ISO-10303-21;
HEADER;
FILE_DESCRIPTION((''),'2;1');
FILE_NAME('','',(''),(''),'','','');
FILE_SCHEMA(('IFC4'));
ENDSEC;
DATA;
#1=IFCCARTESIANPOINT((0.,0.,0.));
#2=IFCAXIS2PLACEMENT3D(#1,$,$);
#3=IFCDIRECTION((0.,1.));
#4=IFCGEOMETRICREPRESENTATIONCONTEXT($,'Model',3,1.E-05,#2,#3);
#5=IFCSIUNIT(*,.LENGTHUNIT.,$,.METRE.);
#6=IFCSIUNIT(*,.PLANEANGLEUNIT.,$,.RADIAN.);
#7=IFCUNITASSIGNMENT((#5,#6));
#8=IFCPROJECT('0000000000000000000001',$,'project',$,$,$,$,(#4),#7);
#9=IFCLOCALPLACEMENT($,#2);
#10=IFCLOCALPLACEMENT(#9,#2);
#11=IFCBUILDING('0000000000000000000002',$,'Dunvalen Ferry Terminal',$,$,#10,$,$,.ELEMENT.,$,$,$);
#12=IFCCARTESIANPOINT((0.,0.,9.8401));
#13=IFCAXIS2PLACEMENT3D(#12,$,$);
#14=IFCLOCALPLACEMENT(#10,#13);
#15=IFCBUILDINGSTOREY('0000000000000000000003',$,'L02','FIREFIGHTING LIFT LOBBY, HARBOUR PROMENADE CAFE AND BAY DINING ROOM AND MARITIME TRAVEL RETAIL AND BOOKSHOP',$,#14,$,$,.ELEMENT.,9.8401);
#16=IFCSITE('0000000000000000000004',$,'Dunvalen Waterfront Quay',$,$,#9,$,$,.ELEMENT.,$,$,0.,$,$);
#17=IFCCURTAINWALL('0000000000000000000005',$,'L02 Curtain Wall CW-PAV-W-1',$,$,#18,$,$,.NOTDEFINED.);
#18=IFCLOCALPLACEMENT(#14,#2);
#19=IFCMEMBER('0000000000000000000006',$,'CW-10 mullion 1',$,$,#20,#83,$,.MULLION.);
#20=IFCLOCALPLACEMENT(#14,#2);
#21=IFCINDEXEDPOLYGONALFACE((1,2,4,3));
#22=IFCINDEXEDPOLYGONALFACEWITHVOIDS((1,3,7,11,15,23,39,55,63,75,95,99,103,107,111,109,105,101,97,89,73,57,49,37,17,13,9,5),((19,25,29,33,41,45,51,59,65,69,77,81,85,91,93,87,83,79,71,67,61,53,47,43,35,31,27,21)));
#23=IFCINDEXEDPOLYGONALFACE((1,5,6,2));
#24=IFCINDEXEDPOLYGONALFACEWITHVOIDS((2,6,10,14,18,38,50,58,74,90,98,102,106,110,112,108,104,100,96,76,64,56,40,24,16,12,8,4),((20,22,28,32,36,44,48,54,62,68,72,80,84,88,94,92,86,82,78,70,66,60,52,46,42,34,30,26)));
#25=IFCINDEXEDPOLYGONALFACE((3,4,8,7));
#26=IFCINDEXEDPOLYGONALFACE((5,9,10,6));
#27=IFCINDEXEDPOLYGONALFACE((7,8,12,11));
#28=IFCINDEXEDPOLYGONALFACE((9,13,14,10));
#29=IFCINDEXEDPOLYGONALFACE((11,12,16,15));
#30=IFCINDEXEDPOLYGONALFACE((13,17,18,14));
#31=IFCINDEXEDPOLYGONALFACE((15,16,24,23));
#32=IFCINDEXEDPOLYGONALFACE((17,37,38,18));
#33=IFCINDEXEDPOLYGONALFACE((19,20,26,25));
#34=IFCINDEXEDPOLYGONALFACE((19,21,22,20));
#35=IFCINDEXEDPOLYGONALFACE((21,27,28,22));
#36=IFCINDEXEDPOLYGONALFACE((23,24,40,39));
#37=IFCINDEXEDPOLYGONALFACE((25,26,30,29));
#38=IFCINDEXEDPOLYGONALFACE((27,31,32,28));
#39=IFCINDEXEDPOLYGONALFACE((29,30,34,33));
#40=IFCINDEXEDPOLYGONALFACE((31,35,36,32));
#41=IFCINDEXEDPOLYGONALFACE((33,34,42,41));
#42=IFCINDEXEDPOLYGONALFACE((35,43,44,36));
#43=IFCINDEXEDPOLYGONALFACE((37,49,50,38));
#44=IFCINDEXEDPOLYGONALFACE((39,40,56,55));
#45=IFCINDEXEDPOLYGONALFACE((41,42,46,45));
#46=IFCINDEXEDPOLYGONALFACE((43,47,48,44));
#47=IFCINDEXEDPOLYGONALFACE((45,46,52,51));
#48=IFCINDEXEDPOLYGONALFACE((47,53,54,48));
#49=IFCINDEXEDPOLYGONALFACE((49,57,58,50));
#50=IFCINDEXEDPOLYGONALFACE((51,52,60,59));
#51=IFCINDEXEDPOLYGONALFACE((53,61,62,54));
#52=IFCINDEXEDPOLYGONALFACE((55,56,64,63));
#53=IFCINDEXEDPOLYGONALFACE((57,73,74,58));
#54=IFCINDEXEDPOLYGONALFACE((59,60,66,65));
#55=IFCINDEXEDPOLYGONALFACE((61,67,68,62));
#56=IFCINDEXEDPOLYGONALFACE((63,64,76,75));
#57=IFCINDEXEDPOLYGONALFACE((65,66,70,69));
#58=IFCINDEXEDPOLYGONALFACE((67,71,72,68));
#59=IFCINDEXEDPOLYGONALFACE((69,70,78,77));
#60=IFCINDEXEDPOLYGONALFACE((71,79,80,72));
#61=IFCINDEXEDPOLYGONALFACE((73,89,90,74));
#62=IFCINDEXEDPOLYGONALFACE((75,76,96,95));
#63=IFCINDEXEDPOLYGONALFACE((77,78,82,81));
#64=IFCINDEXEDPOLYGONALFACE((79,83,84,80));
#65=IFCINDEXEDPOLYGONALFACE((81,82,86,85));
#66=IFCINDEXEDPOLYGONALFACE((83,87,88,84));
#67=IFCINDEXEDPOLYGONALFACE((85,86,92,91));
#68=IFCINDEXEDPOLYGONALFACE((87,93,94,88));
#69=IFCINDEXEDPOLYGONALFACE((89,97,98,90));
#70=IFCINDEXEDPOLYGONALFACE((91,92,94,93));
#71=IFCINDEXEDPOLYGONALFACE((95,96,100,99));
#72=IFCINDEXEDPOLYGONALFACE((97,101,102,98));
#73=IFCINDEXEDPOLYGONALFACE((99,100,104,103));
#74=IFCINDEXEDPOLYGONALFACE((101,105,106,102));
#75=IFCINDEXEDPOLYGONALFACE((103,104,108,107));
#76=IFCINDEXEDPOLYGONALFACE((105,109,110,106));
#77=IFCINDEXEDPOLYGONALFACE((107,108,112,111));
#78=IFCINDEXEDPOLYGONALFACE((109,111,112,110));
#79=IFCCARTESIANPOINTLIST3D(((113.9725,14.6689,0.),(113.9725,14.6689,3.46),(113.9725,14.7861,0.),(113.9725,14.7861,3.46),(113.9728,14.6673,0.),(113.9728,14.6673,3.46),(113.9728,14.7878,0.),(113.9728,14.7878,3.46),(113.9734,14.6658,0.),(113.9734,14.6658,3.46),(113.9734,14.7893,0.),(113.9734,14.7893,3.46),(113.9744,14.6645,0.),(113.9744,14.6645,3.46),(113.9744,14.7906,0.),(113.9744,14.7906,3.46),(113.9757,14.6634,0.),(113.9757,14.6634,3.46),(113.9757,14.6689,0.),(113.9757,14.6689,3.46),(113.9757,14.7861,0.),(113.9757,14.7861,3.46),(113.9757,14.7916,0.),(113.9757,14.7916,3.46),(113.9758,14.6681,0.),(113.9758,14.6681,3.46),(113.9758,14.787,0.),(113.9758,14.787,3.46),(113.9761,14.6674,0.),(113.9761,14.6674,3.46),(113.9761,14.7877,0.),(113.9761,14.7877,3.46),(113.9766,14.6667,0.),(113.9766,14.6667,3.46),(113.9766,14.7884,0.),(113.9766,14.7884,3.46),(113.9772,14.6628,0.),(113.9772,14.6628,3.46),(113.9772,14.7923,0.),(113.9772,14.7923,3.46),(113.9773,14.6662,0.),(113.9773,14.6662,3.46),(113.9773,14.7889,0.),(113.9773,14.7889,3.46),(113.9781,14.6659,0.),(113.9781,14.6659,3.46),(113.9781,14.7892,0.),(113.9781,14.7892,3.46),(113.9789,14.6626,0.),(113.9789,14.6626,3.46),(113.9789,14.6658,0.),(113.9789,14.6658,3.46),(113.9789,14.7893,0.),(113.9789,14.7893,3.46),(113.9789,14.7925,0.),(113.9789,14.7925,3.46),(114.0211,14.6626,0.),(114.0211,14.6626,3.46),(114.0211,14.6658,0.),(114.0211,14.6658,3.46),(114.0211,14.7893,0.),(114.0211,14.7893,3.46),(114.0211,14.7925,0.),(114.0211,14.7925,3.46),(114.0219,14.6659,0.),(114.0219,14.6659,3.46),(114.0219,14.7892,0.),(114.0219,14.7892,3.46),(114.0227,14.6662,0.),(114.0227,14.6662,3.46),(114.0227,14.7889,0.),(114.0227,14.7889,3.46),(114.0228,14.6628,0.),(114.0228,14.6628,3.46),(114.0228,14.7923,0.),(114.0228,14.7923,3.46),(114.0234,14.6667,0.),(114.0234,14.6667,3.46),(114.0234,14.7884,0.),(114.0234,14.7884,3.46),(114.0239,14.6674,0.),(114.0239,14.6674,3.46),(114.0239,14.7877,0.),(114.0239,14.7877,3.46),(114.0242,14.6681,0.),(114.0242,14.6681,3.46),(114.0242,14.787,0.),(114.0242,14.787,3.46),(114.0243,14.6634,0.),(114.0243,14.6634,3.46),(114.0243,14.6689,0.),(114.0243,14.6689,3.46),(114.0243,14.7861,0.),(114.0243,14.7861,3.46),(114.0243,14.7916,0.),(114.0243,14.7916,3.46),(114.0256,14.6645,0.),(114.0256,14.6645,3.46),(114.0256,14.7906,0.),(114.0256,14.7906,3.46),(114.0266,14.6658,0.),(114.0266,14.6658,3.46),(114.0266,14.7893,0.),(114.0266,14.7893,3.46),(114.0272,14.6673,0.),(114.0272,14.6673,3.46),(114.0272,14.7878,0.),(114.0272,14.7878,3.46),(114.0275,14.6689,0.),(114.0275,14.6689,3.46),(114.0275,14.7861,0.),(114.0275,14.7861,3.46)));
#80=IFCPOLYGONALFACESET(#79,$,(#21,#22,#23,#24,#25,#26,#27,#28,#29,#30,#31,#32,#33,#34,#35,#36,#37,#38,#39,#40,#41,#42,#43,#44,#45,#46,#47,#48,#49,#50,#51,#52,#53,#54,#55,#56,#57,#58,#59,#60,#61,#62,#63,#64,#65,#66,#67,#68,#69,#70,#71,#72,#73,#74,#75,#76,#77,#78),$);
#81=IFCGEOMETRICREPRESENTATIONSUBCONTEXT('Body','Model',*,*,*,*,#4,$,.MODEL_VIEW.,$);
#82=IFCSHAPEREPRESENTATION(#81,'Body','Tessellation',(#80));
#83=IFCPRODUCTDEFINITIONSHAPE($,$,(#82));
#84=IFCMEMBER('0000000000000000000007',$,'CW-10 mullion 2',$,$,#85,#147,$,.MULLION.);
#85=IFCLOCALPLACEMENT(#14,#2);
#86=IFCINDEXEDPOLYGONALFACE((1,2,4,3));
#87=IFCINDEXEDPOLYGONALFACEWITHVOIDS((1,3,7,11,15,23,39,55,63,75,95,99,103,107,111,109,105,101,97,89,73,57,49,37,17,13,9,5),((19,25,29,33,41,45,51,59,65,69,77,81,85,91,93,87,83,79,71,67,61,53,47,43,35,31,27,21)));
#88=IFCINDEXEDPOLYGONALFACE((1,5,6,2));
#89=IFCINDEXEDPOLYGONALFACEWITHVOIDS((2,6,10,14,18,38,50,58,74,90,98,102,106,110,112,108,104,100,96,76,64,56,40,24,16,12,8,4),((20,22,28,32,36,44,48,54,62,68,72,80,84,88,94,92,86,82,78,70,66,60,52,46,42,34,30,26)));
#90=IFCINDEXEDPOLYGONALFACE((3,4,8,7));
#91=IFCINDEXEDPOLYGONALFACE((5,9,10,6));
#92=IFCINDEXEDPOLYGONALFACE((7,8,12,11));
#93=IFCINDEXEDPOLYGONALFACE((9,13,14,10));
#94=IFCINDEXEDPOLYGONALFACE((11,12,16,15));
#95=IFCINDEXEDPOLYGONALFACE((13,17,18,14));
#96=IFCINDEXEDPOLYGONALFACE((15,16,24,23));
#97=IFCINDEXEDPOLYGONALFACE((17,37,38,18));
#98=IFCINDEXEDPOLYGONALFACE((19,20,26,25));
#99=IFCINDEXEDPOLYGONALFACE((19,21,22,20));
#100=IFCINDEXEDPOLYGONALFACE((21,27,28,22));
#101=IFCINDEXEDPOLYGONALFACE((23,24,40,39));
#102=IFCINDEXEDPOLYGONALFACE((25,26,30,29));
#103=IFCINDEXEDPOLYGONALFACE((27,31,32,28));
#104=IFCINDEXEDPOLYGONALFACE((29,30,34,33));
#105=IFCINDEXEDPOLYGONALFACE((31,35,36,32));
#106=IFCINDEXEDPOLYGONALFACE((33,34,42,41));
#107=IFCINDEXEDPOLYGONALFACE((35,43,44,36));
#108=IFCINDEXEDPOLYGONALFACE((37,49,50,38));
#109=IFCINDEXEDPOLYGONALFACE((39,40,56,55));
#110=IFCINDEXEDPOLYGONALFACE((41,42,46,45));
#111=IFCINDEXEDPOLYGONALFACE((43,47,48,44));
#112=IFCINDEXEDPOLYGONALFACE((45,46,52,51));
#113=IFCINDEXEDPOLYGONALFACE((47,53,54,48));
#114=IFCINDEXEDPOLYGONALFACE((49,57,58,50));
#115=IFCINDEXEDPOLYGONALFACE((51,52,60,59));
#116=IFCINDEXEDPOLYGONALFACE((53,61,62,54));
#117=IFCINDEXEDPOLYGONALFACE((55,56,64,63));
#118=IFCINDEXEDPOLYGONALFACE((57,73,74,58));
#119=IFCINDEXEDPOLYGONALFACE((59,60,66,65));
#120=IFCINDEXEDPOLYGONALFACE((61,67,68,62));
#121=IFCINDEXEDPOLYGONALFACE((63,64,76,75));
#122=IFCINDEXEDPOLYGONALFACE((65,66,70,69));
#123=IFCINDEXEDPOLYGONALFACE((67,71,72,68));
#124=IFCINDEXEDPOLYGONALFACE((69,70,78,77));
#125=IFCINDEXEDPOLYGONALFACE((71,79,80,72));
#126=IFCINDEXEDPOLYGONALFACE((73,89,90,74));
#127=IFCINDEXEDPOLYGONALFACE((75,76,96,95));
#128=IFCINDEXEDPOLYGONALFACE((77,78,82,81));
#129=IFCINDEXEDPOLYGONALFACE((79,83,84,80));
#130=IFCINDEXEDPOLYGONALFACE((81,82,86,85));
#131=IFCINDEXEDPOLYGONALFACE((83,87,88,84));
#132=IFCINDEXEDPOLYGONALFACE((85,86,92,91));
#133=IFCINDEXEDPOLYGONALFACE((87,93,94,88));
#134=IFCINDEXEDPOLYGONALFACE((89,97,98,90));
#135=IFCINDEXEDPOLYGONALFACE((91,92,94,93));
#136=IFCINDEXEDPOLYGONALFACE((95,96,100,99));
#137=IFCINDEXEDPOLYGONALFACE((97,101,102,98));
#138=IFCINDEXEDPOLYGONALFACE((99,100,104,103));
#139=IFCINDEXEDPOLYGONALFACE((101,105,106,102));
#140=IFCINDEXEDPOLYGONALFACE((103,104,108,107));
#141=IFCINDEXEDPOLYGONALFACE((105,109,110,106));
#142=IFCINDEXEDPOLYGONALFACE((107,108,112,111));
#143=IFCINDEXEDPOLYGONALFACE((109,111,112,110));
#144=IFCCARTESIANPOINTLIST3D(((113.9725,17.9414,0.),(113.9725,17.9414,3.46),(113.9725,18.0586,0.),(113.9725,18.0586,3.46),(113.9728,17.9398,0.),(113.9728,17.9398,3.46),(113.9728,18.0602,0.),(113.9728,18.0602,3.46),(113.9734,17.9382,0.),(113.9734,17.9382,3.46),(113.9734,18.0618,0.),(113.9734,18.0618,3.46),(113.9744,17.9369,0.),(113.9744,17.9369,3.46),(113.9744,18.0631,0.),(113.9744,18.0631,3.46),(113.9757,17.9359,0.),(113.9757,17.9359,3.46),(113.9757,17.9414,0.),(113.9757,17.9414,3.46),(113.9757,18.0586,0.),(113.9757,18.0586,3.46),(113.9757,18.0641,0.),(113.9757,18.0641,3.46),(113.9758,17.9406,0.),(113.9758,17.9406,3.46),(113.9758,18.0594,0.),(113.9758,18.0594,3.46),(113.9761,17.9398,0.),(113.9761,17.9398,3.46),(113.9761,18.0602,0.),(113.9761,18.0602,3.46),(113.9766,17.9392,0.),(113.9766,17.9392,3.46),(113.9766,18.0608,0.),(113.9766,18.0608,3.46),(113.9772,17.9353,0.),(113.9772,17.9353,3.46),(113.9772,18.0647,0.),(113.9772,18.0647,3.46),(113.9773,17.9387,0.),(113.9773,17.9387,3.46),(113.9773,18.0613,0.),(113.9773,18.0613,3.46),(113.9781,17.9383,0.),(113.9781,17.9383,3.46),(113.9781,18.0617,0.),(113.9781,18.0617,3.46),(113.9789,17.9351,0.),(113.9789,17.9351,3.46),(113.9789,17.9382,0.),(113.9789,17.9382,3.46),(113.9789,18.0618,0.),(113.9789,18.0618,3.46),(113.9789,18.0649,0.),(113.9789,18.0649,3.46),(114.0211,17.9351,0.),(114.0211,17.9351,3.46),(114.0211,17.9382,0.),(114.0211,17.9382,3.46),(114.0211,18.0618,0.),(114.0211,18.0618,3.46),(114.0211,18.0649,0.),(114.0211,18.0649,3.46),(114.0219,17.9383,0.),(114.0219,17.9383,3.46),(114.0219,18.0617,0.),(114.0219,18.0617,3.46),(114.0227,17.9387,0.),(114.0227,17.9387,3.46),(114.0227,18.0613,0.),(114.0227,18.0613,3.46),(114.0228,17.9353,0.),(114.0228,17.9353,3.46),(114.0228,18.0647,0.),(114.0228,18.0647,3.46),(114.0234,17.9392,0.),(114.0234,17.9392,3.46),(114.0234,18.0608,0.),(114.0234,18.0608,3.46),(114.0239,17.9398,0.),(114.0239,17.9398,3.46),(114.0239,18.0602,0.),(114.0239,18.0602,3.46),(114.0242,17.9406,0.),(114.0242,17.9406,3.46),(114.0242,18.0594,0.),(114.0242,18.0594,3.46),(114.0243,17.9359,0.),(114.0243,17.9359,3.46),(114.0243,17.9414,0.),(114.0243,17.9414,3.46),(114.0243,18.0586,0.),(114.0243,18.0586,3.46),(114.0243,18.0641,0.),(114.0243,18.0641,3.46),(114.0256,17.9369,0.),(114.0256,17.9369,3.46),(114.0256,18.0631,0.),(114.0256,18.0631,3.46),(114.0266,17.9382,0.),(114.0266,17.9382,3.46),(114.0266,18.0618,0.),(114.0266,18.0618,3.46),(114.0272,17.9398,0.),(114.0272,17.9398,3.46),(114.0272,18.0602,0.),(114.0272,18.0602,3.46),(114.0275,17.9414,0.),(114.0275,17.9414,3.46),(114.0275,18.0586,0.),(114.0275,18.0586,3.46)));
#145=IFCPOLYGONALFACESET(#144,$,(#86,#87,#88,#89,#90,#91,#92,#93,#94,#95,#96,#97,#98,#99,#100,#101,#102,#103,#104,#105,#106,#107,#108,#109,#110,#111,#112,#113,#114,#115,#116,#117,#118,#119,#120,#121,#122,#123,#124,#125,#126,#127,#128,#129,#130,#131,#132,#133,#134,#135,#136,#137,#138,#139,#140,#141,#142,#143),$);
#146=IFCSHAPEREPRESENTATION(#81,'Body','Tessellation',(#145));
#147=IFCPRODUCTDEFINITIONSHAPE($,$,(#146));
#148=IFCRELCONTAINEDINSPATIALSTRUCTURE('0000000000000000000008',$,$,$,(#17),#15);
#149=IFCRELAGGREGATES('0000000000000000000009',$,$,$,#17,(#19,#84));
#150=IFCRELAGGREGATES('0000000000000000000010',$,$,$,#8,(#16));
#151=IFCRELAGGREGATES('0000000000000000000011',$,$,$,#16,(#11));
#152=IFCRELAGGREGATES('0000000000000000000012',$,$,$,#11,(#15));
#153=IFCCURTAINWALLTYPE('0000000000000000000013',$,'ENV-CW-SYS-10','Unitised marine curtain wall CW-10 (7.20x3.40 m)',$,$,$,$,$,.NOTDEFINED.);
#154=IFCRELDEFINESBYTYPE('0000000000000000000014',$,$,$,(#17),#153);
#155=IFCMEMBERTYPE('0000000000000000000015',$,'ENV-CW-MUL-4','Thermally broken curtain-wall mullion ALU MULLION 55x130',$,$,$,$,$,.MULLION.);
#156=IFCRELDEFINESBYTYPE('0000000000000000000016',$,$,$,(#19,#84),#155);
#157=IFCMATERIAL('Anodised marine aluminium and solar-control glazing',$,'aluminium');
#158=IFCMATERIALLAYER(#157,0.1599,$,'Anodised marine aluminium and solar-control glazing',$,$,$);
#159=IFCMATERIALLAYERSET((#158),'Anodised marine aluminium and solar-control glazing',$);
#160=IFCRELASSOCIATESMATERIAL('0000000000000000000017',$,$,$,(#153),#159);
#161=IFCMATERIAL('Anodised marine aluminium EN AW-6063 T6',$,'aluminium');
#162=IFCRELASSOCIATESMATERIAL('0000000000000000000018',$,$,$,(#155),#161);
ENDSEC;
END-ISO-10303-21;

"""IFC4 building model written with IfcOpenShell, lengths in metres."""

from ifc_helpers import new_model, si_unit, direction, frame, origin, origin_2d, place, context, subcontext, project, spatial, hollow_rectangle, extrude, material, layer, layer_set, material_profile, profile_set, type_object, element, aggregate, save


model = new_model("IFC4")

# Units and contexts
model_context = context("Model", 3, precision=1e-05, world=origin(), true_north=direction((0.0, 1.0)))
body_context = subcontext(model_context, "Body", "Model", "MODEL_VIEW")
ifc_project = project(units=[si_unit("LENGTHUNIT", "METRE"), si_unit("PLANEANGLEUNIT", "RADIAN")], contexts=[model_context])

# Site, building, storey
site_placement = place(None, origin())
site = spatial("IfcSite", under=ifc_project, at=site_placement, Name="Dunvalen Waterfront Quay", CompositionType="ELEMENT", RefElevation=0.0)
building_placement = place(site_placement, origin())
building = spatial("IfcBuilding", under=site, at=building_placement, Name="Dunvalen Ferry Terminal", CompositionType="ELEMENT")
storey_placement = place(building_placement, frame((0.0, 0.0, 9.8401)))
storey = spatial("IfcBuildingStorey", under=building, at=storey_placement, Name="L02", Description="FIREFIGHTING LIFT LOBBY, HARBOUR PROMENADE CAFE AND BAY DINING ROOM AND MARITIME TRAVEL RETAIL AND BOOKSHOP", CompositionType="ELEMENT", Elevation=9.8401)

# Curtain wall, members
ifc_material_1 = material(Name="Anodised marine aluminium and solar-control glazing", Category="aluminium")
ifc_layer_1 = layer(ifc_material_1, 0.1599, Name="Anodised marine aluminium and solar-control glazing")
ifc_layer_set_1 = layer_set([ifc_layer_1], Name="Anodised marine aluminium and solar-control glazing")
curtain_wall_type = type_object("IfcCurtainWallType", Name="ENV-CW-SYS-10", Description="Unitised marine curtain wall CW-10 (7.20x3.40 m)", PredefinedType="NOTDEFINED", material=ifc_layer_set_1)
curtain_wall_1_placement = place(storey_placement, origin())
curtain_wall_1 = element("IfcCurtainWall", 1, at=curtain_wall_1_placement, inside=storey, type_object=curtain_wall_type, Name="L02 Curtain Wall CW-PAV-W-1", PredefinedType="NOTDEFINED")
ifc_material_2 = material(Name="Anodised marine aluminium EN AW-6063 T6", Category="aluminium")
ifc_material_profile_1 = material_profile(ifc_material_2, hollow_rectangle(XDim=0.0549, YDim=0.1299, WallThickness=0.0032, InnerFilletRadius=0.0032, OuterFilletRadius=0.0063, at=origin_2d()), Name="Anodised marine aluminium EN AW-6063 T6")
ifc_profile_set_1 = profile_set([ifc_material_profile_1], Name="Anodised marine aluminium EN AW-6063 T6")
member_type_1 = type_object("IfcMemberType", Name="ENV-CW-MUL-4", Description="Thermally broken curtain-wall mullion ALU MULLION 55x130", PredefinedType="MULLION", material=ifc_profile_set_1)
member_1_placement = place(storey_placement, frame((114.0, 14.7275, 0.0), z_axis=(0.0, 0.0, 1.0), x_axis=(-1.0, 0.0, 0.0)))
member_1 = element("IfcMember", 2, at=member_1_placement, type_object=member_type_1, Name="CW-10 mullion 1", PredefinedType="MULLION", context=body_context, shape_type="SweptSolid", body=[
    extrude(hollow_rectangle(XDim=0.0549, YDim=0.1299, WallThickness=0.0032, InnerFilletRadius=0.0032, OuterFilletRadius=0.0063, at=origin_2d()), origin(), (0.0, 0.0, 1.0), 3.46),
])
member_2_placement = place(storey_placement, frame((114.0, 18.0, 0.0), z_axis=(0.0, 0.0, 1.0), x_axis=(-1.0, 0.0, 0.0)))
member_2 = element("IfcMember", 3, at=member_2_placement, type_object=member_type_1, Name="CW-10 mullion 2", PredefinedType="MULLION", context=body_context, shape_type="SweptSolid", body=[
    extrude(hollow_rectangle(XDim=0.0549, YDim=0.1299, WallThickness=0.0032, InnerFilletRadius=0.0032, OuterFilletRadius=0.0063, at=origin_2d()), origin(), (0.0, 0.0, 1.0), 3.46),
])

aggregate(curtain_wall_1, [member_1, member_2])

save(model, "model.ifc")
